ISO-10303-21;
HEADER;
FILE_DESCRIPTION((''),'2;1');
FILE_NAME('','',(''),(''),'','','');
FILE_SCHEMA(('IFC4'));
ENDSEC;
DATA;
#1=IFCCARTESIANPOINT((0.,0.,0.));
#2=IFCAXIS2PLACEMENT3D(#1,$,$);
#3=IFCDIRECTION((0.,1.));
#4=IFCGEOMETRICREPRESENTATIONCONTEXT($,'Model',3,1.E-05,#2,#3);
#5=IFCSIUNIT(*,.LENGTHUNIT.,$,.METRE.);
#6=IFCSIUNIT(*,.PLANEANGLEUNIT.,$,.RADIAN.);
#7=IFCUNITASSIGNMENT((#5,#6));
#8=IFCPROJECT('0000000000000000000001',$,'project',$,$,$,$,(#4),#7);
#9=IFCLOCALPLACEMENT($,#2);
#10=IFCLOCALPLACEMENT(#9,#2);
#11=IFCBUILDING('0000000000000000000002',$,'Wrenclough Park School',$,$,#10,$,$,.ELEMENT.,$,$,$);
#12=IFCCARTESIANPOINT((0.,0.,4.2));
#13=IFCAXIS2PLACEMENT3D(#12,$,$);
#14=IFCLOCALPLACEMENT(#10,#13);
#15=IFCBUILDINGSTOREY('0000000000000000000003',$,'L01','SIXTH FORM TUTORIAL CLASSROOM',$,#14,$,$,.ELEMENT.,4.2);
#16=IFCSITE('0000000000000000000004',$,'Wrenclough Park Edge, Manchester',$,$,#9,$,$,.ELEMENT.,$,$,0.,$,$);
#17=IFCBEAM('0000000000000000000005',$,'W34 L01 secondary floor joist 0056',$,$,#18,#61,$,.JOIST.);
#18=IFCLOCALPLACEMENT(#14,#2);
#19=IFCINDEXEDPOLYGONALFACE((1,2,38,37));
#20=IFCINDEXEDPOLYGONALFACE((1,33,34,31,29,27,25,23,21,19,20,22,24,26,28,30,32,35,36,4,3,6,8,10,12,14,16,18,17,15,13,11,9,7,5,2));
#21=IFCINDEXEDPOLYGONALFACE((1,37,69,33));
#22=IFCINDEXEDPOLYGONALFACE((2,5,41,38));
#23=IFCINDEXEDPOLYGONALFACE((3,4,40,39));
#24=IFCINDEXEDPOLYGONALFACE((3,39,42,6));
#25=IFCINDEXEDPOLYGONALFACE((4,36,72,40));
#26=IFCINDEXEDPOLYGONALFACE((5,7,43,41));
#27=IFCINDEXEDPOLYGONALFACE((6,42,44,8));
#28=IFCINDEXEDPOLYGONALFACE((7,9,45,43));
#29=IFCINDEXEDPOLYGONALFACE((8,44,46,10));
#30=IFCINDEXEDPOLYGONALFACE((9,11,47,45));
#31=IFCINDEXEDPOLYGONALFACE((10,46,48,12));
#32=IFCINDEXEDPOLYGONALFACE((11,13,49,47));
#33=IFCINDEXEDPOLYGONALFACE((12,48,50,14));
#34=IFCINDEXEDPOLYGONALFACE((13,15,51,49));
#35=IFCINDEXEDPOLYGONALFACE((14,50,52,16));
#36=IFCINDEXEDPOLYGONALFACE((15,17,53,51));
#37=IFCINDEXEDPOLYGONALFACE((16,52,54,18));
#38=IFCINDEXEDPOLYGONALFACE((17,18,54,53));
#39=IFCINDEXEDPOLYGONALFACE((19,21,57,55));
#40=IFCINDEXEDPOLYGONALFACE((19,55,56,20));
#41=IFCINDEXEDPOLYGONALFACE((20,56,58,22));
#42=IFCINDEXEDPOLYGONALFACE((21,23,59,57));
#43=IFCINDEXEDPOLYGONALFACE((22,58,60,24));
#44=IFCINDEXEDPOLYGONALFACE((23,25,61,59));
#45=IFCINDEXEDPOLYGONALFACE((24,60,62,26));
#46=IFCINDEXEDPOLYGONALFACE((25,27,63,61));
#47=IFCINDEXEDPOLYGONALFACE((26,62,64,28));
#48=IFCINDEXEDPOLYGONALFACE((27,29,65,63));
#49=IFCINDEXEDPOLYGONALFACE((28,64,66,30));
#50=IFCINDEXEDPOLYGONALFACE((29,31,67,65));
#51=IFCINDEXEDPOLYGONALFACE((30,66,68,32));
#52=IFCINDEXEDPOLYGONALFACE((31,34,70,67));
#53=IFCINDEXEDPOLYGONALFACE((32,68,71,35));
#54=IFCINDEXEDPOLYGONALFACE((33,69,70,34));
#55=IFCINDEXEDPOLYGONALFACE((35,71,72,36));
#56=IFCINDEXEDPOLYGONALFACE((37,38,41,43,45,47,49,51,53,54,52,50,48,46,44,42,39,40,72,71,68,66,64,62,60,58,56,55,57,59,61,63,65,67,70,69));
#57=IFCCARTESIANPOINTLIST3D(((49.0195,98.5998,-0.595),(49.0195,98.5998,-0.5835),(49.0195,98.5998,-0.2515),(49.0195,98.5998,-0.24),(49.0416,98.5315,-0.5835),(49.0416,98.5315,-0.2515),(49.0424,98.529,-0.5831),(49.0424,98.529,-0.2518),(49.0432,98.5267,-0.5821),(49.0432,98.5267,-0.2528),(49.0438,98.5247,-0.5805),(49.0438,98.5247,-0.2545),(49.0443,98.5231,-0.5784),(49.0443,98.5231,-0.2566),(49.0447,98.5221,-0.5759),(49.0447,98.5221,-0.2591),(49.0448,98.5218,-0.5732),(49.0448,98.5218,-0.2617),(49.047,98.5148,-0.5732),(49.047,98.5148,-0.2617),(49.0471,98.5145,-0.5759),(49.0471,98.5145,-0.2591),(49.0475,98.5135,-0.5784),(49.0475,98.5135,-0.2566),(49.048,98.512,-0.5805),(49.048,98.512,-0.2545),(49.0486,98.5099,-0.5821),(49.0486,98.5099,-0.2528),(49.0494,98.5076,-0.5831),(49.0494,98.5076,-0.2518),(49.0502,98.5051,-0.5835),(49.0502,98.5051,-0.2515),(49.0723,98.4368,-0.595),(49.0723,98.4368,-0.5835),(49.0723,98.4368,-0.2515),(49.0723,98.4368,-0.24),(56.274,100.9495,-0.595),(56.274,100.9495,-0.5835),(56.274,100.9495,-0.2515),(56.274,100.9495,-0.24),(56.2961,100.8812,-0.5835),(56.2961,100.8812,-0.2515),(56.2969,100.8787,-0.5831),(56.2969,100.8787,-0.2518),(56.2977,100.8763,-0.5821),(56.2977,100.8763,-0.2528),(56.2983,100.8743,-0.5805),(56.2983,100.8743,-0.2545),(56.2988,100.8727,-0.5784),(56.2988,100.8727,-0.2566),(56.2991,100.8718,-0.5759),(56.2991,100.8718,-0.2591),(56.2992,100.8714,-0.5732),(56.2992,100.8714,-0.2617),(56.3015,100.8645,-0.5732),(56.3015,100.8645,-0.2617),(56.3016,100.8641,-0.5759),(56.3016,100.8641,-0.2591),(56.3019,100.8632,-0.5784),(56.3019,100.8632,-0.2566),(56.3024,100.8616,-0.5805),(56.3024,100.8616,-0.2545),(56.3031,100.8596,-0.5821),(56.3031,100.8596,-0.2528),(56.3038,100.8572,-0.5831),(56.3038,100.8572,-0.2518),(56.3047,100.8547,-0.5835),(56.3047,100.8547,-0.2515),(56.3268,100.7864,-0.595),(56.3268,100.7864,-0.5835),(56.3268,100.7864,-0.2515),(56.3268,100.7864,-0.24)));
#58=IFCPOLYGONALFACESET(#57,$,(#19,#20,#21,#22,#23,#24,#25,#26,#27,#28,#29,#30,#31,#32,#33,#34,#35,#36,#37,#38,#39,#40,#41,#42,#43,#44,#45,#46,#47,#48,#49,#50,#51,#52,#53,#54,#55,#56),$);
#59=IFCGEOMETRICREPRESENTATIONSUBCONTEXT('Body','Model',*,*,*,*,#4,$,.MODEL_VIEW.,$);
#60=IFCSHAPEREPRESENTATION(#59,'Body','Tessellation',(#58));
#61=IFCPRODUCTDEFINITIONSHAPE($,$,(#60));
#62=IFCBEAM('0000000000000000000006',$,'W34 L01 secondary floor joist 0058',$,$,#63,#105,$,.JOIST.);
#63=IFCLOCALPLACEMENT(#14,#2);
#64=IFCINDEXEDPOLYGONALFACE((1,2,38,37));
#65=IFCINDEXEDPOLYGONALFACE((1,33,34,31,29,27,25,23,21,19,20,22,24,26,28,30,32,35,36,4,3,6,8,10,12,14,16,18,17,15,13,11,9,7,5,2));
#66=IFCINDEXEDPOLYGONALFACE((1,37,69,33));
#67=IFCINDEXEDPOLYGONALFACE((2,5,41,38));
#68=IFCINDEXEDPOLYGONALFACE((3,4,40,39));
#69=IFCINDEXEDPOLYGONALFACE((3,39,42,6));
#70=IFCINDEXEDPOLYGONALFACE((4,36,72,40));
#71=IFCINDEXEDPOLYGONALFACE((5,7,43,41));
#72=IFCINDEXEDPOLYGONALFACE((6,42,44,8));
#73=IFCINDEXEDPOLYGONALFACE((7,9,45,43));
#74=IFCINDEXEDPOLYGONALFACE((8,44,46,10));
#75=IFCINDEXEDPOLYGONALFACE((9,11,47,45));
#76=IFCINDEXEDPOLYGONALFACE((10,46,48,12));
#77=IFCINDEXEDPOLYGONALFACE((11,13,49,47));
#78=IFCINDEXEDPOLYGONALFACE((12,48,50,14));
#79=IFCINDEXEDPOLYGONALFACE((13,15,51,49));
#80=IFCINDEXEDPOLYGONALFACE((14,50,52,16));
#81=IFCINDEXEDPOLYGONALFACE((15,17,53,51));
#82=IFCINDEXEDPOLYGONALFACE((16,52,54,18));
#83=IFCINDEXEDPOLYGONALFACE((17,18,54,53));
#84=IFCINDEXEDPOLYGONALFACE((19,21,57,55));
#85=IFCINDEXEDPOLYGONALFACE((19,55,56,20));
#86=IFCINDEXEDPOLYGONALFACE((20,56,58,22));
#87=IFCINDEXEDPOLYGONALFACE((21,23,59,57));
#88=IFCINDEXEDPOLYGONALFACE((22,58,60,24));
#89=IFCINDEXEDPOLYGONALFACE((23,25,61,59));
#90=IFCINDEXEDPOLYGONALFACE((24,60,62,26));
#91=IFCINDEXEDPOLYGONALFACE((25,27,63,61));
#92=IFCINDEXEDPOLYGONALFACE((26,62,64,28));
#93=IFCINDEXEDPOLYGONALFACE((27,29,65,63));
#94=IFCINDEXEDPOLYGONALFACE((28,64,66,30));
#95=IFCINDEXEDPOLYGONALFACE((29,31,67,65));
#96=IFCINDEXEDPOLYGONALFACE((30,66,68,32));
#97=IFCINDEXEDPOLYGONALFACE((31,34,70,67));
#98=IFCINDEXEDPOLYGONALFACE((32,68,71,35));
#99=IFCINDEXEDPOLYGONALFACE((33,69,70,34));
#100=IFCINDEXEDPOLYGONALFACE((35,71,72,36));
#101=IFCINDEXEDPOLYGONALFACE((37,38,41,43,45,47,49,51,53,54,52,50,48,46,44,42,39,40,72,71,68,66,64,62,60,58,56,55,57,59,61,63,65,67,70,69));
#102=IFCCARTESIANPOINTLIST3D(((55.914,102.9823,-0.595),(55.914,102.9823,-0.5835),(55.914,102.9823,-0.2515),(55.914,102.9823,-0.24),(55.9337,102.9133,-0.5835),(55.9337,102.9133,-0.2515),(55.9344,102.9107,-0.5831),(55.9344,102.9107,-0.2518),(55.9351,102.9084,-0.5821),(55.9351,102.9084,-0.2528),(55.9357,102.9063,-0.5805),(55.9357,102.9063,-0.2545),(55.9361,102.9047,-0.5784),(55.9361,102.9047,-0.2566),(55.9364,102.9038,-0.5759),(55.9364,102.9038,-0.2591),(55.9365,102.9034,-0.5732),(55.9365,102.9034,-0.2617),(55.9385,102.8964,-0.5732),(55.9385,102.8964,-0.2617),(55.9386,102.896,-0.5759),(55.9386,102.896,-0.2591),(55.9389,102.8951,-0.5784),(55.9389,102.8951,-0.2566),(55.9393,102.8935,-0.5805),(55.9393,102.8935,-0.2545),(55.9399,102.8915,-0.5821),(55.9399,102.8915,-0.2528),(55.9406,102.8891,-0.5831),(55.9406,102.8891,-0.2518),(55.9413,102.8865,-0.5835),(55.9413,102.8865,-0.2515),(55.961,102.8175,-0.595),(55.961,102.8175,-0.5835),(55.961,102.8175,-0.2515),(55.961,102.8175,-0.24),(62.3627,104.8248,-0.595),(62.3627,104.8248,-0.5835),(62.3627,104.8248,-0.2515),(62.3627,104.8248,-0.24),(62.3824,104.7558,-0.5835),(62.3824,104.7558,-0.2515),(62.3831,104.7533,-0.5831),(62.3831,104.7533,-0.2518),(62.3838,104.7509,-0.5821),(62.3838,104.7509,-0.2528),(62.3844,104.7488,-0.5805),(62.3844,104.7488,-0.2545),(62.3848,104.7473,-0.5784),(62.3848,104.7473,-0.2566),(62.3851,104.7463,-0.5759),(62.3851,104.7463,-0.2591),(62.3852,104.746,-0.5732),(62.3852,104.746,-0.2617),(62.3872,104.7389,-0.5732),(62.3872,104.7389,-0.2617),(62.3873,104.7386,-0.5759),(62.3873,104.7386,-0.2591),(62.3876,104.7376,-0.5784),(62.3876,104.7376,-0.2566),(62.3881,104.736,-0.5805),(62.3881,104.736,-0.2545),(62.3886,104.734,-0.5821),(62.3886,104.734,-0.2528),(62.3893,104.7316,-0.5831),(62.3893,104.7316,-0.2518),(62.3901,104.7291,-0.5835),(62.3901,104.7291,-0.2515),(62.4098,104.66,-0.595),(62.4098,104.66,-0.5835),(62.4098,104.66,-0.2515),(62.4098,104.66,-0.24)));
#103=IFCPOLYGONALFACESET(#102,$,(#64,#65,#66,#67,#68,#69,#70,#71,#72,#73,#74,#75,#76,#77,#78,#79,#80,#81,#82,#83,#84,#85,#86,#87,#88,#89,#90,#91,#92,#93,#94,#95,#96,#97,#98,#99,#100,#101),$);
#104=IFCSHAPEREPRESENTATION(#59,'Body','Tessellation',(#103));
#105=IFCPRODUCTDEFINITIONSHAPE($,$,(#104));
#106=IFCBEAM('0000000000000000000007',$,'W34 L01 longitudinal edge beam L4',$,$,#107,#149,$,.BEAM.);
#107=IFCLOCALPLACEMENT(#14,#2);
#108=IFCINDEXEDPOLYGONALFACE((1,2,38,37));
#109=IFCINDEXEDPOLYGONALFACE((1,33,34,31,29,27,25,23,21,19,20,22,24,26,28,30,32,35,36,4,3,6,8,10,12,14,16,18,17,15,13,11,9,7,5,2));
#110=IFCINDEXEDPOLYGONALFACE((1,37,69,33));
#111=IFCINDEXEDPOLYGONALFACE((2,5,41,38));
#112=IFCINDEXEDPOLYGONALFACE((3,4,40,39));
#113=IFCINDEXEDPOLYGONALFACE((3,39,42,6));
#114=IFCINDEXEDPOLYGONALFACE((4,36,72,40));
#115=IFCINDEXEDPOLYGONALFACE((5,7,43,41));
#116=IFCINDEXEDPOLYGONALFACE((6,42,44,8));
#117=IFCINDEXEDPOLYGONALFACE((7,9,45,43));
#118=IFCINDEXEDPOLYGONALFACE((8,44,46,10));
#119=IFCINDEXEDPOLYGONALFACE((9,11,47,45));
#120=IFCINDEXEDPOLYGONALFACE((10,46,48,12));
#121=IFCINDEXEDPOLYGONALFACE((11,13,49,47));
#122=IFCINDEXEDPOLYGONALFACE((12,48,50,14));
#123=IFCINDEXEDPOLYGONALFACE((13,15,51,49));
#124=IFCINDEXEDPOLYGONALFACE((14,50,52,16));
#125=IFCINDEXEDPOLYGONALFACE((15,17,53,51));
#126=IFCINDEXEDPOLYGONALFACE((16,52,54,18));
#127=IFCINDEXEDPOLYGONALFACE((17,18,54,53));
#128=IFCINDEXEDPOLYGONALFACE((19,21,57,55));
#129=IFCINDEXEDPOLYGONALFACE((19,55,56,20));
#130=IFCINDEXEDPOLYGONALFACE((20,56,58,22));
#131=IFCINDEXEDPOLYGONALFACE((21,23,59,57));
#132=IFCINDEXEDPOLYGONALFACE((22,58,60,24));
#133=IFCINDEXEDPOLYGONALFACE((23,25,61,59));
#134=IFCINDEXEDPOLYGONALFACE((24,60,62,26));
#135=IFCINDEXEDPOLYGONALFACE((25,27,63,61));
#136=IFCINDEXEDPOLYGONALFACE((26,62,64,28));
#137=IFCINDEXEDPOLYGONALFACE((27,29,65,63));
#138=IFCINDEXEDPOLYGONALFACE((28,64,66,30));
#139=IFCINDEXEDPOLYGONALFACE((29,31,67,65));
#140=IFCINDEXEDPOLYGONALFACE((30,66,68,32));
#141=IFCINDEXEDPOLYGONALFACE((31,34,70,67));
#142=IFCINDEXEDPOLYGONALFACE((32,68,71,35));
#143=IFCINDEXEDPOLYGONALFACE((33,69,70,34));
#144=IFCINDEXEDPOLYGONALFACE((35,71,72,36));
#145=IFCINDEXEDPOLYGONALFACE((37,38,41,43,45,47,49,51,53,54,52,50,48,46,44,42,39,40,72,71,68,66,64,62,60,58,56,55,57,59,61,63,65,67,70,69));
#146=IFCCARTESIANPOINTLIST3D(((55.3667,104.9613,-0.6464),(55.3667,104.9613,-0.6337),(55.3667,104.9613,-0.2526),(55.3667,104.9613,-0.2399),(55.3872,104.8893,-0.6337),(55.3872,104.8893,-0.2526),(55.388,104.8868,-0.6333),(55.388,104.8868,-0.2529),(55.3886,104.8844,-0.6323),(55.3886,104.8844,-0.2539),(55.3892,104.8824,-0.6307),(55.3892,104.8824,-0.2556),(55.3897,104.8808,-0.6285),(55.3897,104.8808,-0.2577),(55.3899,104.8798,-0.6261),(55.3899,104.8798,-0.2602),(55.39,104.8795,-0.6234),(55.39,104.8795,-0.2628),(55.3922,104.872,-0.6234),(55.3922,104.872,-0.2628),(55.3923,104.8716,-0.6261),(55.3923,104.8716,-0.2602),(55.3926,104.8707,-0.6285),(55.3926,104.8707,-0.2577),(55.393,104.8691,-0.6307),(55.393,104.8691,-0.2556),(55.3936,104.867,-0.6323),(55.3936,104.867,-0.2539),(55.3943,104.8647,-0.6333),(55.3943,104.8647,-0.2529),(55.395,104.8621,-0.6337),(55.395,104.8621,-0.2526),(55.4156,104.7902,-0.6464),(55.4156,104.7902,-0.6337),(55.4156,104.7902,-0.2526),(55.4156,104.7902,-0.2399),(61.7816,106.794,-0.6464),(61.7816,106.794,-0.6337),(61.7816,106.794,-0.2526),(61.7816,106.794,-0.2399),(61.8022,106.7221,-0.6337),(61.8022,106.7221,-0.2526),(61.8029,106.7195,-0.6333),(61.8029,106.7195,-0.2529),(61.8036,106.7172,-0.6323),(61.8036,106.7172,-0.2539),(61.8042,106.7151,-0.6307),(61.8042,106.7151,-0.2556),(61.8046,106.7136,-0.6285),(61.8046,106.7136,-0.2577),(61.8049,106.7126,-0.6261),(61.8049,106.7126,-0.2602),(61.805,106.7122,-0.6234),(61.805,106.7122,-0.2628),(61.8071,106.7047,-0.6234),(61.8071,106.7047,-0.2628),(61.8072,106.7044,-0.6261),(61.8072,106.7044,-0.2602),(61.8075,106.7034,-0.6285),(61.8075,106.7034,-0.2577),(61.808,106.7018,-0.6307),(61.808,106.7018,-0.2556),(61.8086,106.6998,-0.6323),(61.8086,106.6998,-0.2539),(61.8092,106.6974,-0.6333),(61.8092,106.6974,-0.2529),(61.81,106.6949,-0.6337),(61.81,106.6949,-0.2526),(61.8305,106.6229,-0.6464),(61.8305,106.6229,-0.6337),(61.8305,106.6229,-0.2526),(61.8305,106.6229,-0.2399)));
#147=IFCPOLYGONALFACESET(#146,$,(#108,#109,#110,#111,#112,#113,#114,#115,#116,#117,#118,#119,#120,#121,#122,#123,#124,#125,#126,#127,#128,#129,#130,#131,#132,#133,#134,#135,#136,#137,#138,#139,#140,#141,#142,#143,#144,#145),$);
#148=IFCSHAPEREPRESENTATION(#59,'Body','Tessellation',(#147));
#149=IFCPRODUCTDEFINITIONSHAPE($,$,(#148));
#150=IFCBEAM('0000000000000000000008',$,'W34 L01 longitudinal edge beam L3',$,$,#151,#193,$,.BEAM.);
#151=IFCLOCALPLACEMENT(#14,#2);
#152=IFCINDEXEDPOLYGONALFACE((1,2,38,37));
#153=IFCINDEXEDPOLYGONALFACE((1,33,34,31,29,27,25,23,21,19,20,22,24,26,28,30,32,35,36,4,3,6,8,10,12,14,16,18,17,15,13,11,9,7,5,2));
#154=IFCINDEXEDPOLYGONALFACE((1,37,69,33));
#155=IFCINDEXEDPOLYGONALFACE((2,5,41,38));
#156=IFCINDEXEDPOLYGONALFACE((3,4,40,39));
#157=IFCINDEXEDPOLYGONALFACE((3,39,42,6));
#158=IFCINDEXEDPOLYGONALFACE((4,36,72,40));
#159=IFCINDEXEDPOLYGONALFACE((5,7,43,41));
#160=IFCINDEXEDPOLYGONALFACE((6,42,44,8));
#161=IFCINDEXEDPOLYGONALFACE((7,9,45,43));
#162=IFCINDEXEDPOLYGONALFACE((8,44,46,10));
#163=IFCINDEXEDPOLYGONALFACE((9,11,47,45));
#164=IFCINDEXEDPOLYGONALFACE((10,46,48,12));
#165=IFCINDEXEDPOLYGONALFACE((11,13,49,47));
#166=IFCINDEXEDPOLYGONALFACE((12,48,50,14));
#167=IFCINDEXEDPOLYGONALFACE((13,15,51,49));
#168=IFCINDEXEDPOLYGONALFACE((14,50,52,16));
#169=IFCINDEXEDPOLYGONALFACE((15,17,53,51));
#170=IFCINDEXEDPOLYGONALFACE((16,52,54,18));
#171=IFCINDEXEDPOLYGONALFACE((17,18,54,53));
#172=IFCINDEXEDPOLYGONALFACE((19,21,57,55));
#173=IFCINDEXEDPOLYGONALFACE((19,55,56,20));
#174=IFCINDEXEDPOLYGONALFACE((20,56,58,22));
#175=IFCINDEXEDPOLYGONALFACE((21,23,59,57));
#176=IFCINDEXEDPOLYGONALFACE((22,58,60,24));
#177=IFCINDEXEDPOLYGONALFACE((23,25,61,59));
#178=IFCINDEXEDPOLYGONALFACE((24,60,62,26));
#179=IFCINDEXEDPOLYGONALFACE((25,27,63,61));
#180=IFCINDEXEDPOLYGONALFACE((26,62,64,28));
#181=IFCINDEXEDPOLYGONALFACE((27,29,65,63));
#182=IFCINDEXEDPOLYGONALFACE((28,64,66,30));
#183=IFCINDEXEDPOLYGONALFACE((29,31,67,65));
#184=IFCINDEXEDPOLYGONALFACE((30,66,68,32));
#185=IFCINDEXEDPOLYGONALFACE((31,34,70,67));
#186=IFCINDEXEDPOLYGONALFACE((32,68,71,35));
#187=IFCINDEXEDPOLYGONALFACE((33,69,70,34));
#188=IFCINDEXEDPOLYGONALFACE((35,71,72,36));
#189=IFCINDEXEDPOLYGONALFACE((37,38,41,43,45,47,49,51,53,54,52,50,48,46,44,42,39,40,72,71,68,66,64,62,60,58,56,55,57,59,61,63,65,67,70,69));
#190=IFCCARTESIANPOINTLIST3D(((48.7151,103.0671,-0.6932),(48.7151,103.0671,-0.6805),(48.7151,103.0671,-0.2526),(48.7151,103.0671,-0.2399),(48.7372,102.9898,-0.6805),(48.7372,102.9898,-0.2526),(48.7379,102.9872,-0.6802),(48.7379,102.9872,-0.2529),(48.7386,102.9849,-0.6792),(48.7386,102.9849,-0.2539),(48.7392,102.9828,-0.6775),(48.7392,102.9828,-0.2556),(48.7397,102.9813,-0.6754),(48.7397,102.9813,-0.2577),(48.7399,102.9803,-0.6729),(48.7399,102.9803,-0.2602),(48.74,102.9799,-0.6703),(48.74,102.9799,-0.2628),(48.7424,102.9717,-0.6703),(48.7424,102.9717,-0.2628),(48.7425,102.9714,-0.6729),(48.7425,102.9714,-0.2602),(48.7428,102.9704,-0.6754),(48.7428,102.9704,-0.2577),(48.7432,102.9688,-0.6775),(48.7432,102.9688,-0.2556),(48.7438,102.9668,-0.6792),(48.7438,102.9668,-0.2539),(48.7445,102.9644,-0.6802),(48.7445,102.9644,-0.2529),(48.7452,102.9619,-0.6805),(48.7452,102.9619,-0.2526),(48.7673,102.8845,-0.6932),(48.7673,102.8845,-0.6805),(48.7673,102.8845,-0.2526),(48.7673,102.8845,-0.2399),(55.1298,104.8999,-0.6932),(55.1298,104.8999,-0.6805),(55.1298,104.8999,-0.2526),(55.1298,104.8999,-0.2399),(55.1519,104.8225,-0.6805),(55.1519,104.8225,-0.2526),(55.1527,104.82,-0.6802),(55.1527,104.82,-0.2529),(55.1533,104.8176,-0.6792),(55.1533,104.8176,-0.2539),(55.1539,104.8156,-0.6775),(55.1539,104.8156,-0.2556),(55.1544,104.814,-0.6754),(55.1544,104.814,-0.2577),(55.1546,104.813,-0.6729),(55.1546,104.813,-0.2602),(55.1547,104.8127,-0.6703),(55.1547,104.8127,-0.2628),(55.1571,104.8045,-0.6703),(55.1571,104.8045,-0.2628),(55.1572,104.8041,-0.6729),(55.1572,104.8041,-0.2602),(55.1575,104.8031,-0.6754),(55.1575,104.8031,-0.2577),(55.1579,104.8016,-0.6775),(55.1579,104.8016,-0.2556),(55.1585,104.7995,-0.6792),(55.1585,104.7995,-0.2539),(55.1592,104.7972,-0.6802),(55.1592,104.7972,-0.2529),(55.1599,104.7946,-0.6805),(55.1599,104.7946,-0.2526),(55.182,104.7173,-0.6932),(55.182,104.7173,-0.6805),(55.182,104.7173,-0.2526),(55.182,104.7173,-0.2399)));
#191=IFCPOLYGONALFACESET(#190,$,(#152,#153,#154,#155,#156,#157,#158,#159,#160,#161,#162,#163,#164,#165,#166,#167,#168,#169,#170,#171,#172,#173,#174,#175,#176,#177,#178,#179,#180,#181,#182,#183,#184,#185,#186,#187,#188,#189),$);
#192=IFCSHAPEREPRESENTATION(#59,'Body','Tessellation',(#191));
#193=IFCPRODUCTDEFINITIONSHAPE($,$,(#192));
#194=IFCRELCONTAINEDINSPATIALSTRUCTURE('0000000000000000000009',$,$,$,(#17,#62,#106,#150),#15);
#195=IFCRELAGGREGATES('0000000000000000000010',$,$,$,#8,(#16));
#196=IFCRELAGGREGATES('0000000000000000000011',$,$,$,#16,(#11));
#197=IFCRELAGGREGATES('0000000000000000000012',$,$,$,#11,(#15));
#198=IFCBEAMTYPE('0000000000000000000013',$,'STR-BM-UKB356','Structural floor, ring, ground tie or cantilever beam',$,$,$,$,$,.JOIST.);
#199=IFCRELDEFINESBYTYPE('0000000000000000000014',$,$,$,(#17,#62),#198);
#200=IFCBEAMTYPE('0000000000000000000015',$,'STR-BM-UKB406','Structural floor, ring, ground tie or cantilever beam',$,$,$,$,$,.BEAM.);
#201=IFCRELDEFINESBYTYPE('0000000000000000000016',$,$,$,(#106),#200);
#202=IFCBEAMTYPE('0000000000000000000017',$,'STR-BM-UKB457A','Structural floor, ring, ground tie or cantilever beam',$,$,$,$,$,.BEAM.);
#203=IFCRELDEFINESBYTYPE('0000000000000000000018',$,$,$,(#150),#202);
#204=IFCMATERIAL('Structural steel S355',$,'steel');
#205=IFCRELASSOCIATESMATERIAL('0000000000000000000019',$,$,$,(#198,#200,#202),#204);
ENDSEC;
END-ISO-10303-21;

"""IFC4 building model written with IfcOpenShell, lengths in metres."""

from ifc_helpers import new_model, si_unit, direction, frame, origin, origin_2d, place, context, subcontext, project, spatial, i_section, extrude, material, material_profile, profile_set, type_object, element, save


model = new_model("IFC4")

# Units and contexts
model_context = context("Model", 3, precision=1e-05, world=origin(), true_north=direction((0.0, 1.0)))
body_context = subcontext(model_context, "Body", "Model", "MODEL_VIEW")
ifc_project = project(units=[si_unit("LENGTHUNIT", "METRE"), si_unit("PLANEANGLEUNIT", "RADIAN")], contexts=[model_context])

# Site, building, storey
site_placement = place(None, origin())
site = spatial("IfcSite", under=ifc_project, at=site_placement, Name="Wrenclough Park Edge, Manchester", CompositionType="ELEMENT", RefElevation=0.0)
building_placement = place(site_placement, origin())
building = spatial("IfcBuilding", under=site, at=building_placement, Name="Wrenclough Park School", CompositionType="ELEMENT")
storey_placement = place(building_placement, frame((0.0, 0.0, 4.2)))
storey = spatial("IfcBuildingStorey", under=building, at=storey_placement, Name="L01", Description="SIXTH FORM TUTORIAL CLASSROOM", CompositionType="ELEMENT", Elevation=4.2)

# Shared definitions
ifc_material_1 = material(Name="Structural steel S355", Category="steel")

# Beams
ifc_material_profile_1 = material_profile(ifc_material_1, i_section(OverallWidth=0.1714, OverallDepth=0.355, WebThickness=0.0073, FlangeThickness=0.0115, FilletRadius=0.0103, at=origin_2d()), Name="UKB 356x171x51")
ifc_profile_set_1 = profile_set([ifc_material_profile_1], Name="Structural steel S355")
beam_type_1 = type_object("IfcBeamType", Name="STR-BM-UKB356", Description="Structural floor, ring, ground tie or cantilever beam", PredefinedType="JOIST", material=ifc_profile_set_1)
beam_1_placement = place(storey_placement, frame((49.0459, 98.5183, -0.4175), z_axis=(0.951345, 0.308129, 0.0), x_axis=(-0.308129, 0.951345, 0.0)))
element("IfcBeam", 1, at=beam_1_placement, inside=storey, type_object=beam_type_1, Name="W34 L01 secondary floor joist 0056", PredefinedType="JOIST", context=body_context, shape_type="SweptSolid", body=[
    extrude(i_section(OverallWidth=0.1714, OverallDepth=0.355, WebThickness=0.0073, FlangeThickness=0.0115, FilletRadius=0.0103, at=origin_2d()), origin(), (0.0, 0.0, 1.0), 7.6255),
])
beam_2_placement = place(storey_placement, frame((55.9375, 102.8999, -0.4175), z_axis=(0.961523, 0.274726, 0.0), x_axis=(-0.274726, 0.961523, 0.0)))
element("IfcBeam", 2, at=beam_2_placement, inside=storey, type_object=beam_type_1, Name="W34 L01 secondary floor joist 0058", PredefinedType="JOIST", context=body_context, shape_type="SweptSolid", body=[
    extrude(i_section(OverallWidth=0.1714, OverallDepth=0.355, WebThickness=0.0073, FlangeThickness=0.0115, FilletRadius=0.0103, at=origin_2d()), origin(), (0.0, 0.0, 1.0), 6.7068),
])
ifc_material_profile_2 = material_profile(ifc_material_1, i_section(OverallWidth=0.178, OverallDepth=0.4065, WebThickness=0.0078, FlangeThickness=0.0127, FilletRadius=0.0103, at=origin_2d()), Name="UKB 406x178x60")
ifc_profile_set_2 = profile_set([ifc_material_profile_2], Name="Structural steel S355")
beam_type_2 = type_object("IfcBeamType", Name="STR-BM-UKB406", Description="Structural floor, ring, ground tie or cantilever beam", PredefinedType="BEAM", material=ifc_profile_set_2)
beam_3_placement = place(storey_placement, frame((55.3911, 104.8757, -0.4431), z_axis=(0.961528, 0.274707, 0.0), x_axis=(-0.274707, 0.961528, 0.0)))
element("IfcBeam", 3, at=beam_3_placement, inside=storey, type_object=beam_type_2, Name="W34 L01 longitudinal edge beam L4", PredefinedType="BEAM", context=body_context, shape_type="SweptSolid", body=[
    extrude(i_section(OverallWidth=0.178, OverallDepth=0.4065, WebThickness=0.0078, FlangeThickness=0.0127, FilletRadius=0.0103, at=origin_2d()), origin(), (0.0, 0.0, 1.0), 6.6716),
])
ifc_material_profile_3 = material_profile(ifc_material_1, i_section(OverallWidth=0.1899, OverallDepth=0.4534, WebThickness=0.0085, FlangeThickness=0.0127, FilletRadius=0.0103, at=origin_2d()), Name="UKB 457x191x67")
ifc_profile_set_3 = profile_set([ifc_material_profile_3], Name="Structural steel S355")
beam_type_3 = type_object("IfcBeamType", Name="STR-BM-UKB457A", Description="Structural floor, ring, ground tie or cantilever beam", PredefinedType="BEAM", material=ifc_profile_set_3)
beam_4_placement = place(storey_placement, frame((48.7412, 102.9758, -0.4666), z_axis=(0.961525, 0.274716, 0.0), x_axis=(-0.274716, 0.961525, 0.0)))
element("IfcBeam", 4, at=beam_4_placement, inside=storey, type_object=beam_type_3, Name="W34 L01 longitudinal edge beam L3", PredefinedType="BEAM", context=body_context, shape_type="SweptSolid", body=[
    extrude(i_section(OverallWidth=0.1899, OverallDepth=0.4534, WebThickness=0.0085, FlangeThickness=0.0127, FilletRadius=0.0103, at=origin_2d()), origin(), (0.0, 0.0, 1.0), 6.6714),
])

save(model, "model.ifc")
